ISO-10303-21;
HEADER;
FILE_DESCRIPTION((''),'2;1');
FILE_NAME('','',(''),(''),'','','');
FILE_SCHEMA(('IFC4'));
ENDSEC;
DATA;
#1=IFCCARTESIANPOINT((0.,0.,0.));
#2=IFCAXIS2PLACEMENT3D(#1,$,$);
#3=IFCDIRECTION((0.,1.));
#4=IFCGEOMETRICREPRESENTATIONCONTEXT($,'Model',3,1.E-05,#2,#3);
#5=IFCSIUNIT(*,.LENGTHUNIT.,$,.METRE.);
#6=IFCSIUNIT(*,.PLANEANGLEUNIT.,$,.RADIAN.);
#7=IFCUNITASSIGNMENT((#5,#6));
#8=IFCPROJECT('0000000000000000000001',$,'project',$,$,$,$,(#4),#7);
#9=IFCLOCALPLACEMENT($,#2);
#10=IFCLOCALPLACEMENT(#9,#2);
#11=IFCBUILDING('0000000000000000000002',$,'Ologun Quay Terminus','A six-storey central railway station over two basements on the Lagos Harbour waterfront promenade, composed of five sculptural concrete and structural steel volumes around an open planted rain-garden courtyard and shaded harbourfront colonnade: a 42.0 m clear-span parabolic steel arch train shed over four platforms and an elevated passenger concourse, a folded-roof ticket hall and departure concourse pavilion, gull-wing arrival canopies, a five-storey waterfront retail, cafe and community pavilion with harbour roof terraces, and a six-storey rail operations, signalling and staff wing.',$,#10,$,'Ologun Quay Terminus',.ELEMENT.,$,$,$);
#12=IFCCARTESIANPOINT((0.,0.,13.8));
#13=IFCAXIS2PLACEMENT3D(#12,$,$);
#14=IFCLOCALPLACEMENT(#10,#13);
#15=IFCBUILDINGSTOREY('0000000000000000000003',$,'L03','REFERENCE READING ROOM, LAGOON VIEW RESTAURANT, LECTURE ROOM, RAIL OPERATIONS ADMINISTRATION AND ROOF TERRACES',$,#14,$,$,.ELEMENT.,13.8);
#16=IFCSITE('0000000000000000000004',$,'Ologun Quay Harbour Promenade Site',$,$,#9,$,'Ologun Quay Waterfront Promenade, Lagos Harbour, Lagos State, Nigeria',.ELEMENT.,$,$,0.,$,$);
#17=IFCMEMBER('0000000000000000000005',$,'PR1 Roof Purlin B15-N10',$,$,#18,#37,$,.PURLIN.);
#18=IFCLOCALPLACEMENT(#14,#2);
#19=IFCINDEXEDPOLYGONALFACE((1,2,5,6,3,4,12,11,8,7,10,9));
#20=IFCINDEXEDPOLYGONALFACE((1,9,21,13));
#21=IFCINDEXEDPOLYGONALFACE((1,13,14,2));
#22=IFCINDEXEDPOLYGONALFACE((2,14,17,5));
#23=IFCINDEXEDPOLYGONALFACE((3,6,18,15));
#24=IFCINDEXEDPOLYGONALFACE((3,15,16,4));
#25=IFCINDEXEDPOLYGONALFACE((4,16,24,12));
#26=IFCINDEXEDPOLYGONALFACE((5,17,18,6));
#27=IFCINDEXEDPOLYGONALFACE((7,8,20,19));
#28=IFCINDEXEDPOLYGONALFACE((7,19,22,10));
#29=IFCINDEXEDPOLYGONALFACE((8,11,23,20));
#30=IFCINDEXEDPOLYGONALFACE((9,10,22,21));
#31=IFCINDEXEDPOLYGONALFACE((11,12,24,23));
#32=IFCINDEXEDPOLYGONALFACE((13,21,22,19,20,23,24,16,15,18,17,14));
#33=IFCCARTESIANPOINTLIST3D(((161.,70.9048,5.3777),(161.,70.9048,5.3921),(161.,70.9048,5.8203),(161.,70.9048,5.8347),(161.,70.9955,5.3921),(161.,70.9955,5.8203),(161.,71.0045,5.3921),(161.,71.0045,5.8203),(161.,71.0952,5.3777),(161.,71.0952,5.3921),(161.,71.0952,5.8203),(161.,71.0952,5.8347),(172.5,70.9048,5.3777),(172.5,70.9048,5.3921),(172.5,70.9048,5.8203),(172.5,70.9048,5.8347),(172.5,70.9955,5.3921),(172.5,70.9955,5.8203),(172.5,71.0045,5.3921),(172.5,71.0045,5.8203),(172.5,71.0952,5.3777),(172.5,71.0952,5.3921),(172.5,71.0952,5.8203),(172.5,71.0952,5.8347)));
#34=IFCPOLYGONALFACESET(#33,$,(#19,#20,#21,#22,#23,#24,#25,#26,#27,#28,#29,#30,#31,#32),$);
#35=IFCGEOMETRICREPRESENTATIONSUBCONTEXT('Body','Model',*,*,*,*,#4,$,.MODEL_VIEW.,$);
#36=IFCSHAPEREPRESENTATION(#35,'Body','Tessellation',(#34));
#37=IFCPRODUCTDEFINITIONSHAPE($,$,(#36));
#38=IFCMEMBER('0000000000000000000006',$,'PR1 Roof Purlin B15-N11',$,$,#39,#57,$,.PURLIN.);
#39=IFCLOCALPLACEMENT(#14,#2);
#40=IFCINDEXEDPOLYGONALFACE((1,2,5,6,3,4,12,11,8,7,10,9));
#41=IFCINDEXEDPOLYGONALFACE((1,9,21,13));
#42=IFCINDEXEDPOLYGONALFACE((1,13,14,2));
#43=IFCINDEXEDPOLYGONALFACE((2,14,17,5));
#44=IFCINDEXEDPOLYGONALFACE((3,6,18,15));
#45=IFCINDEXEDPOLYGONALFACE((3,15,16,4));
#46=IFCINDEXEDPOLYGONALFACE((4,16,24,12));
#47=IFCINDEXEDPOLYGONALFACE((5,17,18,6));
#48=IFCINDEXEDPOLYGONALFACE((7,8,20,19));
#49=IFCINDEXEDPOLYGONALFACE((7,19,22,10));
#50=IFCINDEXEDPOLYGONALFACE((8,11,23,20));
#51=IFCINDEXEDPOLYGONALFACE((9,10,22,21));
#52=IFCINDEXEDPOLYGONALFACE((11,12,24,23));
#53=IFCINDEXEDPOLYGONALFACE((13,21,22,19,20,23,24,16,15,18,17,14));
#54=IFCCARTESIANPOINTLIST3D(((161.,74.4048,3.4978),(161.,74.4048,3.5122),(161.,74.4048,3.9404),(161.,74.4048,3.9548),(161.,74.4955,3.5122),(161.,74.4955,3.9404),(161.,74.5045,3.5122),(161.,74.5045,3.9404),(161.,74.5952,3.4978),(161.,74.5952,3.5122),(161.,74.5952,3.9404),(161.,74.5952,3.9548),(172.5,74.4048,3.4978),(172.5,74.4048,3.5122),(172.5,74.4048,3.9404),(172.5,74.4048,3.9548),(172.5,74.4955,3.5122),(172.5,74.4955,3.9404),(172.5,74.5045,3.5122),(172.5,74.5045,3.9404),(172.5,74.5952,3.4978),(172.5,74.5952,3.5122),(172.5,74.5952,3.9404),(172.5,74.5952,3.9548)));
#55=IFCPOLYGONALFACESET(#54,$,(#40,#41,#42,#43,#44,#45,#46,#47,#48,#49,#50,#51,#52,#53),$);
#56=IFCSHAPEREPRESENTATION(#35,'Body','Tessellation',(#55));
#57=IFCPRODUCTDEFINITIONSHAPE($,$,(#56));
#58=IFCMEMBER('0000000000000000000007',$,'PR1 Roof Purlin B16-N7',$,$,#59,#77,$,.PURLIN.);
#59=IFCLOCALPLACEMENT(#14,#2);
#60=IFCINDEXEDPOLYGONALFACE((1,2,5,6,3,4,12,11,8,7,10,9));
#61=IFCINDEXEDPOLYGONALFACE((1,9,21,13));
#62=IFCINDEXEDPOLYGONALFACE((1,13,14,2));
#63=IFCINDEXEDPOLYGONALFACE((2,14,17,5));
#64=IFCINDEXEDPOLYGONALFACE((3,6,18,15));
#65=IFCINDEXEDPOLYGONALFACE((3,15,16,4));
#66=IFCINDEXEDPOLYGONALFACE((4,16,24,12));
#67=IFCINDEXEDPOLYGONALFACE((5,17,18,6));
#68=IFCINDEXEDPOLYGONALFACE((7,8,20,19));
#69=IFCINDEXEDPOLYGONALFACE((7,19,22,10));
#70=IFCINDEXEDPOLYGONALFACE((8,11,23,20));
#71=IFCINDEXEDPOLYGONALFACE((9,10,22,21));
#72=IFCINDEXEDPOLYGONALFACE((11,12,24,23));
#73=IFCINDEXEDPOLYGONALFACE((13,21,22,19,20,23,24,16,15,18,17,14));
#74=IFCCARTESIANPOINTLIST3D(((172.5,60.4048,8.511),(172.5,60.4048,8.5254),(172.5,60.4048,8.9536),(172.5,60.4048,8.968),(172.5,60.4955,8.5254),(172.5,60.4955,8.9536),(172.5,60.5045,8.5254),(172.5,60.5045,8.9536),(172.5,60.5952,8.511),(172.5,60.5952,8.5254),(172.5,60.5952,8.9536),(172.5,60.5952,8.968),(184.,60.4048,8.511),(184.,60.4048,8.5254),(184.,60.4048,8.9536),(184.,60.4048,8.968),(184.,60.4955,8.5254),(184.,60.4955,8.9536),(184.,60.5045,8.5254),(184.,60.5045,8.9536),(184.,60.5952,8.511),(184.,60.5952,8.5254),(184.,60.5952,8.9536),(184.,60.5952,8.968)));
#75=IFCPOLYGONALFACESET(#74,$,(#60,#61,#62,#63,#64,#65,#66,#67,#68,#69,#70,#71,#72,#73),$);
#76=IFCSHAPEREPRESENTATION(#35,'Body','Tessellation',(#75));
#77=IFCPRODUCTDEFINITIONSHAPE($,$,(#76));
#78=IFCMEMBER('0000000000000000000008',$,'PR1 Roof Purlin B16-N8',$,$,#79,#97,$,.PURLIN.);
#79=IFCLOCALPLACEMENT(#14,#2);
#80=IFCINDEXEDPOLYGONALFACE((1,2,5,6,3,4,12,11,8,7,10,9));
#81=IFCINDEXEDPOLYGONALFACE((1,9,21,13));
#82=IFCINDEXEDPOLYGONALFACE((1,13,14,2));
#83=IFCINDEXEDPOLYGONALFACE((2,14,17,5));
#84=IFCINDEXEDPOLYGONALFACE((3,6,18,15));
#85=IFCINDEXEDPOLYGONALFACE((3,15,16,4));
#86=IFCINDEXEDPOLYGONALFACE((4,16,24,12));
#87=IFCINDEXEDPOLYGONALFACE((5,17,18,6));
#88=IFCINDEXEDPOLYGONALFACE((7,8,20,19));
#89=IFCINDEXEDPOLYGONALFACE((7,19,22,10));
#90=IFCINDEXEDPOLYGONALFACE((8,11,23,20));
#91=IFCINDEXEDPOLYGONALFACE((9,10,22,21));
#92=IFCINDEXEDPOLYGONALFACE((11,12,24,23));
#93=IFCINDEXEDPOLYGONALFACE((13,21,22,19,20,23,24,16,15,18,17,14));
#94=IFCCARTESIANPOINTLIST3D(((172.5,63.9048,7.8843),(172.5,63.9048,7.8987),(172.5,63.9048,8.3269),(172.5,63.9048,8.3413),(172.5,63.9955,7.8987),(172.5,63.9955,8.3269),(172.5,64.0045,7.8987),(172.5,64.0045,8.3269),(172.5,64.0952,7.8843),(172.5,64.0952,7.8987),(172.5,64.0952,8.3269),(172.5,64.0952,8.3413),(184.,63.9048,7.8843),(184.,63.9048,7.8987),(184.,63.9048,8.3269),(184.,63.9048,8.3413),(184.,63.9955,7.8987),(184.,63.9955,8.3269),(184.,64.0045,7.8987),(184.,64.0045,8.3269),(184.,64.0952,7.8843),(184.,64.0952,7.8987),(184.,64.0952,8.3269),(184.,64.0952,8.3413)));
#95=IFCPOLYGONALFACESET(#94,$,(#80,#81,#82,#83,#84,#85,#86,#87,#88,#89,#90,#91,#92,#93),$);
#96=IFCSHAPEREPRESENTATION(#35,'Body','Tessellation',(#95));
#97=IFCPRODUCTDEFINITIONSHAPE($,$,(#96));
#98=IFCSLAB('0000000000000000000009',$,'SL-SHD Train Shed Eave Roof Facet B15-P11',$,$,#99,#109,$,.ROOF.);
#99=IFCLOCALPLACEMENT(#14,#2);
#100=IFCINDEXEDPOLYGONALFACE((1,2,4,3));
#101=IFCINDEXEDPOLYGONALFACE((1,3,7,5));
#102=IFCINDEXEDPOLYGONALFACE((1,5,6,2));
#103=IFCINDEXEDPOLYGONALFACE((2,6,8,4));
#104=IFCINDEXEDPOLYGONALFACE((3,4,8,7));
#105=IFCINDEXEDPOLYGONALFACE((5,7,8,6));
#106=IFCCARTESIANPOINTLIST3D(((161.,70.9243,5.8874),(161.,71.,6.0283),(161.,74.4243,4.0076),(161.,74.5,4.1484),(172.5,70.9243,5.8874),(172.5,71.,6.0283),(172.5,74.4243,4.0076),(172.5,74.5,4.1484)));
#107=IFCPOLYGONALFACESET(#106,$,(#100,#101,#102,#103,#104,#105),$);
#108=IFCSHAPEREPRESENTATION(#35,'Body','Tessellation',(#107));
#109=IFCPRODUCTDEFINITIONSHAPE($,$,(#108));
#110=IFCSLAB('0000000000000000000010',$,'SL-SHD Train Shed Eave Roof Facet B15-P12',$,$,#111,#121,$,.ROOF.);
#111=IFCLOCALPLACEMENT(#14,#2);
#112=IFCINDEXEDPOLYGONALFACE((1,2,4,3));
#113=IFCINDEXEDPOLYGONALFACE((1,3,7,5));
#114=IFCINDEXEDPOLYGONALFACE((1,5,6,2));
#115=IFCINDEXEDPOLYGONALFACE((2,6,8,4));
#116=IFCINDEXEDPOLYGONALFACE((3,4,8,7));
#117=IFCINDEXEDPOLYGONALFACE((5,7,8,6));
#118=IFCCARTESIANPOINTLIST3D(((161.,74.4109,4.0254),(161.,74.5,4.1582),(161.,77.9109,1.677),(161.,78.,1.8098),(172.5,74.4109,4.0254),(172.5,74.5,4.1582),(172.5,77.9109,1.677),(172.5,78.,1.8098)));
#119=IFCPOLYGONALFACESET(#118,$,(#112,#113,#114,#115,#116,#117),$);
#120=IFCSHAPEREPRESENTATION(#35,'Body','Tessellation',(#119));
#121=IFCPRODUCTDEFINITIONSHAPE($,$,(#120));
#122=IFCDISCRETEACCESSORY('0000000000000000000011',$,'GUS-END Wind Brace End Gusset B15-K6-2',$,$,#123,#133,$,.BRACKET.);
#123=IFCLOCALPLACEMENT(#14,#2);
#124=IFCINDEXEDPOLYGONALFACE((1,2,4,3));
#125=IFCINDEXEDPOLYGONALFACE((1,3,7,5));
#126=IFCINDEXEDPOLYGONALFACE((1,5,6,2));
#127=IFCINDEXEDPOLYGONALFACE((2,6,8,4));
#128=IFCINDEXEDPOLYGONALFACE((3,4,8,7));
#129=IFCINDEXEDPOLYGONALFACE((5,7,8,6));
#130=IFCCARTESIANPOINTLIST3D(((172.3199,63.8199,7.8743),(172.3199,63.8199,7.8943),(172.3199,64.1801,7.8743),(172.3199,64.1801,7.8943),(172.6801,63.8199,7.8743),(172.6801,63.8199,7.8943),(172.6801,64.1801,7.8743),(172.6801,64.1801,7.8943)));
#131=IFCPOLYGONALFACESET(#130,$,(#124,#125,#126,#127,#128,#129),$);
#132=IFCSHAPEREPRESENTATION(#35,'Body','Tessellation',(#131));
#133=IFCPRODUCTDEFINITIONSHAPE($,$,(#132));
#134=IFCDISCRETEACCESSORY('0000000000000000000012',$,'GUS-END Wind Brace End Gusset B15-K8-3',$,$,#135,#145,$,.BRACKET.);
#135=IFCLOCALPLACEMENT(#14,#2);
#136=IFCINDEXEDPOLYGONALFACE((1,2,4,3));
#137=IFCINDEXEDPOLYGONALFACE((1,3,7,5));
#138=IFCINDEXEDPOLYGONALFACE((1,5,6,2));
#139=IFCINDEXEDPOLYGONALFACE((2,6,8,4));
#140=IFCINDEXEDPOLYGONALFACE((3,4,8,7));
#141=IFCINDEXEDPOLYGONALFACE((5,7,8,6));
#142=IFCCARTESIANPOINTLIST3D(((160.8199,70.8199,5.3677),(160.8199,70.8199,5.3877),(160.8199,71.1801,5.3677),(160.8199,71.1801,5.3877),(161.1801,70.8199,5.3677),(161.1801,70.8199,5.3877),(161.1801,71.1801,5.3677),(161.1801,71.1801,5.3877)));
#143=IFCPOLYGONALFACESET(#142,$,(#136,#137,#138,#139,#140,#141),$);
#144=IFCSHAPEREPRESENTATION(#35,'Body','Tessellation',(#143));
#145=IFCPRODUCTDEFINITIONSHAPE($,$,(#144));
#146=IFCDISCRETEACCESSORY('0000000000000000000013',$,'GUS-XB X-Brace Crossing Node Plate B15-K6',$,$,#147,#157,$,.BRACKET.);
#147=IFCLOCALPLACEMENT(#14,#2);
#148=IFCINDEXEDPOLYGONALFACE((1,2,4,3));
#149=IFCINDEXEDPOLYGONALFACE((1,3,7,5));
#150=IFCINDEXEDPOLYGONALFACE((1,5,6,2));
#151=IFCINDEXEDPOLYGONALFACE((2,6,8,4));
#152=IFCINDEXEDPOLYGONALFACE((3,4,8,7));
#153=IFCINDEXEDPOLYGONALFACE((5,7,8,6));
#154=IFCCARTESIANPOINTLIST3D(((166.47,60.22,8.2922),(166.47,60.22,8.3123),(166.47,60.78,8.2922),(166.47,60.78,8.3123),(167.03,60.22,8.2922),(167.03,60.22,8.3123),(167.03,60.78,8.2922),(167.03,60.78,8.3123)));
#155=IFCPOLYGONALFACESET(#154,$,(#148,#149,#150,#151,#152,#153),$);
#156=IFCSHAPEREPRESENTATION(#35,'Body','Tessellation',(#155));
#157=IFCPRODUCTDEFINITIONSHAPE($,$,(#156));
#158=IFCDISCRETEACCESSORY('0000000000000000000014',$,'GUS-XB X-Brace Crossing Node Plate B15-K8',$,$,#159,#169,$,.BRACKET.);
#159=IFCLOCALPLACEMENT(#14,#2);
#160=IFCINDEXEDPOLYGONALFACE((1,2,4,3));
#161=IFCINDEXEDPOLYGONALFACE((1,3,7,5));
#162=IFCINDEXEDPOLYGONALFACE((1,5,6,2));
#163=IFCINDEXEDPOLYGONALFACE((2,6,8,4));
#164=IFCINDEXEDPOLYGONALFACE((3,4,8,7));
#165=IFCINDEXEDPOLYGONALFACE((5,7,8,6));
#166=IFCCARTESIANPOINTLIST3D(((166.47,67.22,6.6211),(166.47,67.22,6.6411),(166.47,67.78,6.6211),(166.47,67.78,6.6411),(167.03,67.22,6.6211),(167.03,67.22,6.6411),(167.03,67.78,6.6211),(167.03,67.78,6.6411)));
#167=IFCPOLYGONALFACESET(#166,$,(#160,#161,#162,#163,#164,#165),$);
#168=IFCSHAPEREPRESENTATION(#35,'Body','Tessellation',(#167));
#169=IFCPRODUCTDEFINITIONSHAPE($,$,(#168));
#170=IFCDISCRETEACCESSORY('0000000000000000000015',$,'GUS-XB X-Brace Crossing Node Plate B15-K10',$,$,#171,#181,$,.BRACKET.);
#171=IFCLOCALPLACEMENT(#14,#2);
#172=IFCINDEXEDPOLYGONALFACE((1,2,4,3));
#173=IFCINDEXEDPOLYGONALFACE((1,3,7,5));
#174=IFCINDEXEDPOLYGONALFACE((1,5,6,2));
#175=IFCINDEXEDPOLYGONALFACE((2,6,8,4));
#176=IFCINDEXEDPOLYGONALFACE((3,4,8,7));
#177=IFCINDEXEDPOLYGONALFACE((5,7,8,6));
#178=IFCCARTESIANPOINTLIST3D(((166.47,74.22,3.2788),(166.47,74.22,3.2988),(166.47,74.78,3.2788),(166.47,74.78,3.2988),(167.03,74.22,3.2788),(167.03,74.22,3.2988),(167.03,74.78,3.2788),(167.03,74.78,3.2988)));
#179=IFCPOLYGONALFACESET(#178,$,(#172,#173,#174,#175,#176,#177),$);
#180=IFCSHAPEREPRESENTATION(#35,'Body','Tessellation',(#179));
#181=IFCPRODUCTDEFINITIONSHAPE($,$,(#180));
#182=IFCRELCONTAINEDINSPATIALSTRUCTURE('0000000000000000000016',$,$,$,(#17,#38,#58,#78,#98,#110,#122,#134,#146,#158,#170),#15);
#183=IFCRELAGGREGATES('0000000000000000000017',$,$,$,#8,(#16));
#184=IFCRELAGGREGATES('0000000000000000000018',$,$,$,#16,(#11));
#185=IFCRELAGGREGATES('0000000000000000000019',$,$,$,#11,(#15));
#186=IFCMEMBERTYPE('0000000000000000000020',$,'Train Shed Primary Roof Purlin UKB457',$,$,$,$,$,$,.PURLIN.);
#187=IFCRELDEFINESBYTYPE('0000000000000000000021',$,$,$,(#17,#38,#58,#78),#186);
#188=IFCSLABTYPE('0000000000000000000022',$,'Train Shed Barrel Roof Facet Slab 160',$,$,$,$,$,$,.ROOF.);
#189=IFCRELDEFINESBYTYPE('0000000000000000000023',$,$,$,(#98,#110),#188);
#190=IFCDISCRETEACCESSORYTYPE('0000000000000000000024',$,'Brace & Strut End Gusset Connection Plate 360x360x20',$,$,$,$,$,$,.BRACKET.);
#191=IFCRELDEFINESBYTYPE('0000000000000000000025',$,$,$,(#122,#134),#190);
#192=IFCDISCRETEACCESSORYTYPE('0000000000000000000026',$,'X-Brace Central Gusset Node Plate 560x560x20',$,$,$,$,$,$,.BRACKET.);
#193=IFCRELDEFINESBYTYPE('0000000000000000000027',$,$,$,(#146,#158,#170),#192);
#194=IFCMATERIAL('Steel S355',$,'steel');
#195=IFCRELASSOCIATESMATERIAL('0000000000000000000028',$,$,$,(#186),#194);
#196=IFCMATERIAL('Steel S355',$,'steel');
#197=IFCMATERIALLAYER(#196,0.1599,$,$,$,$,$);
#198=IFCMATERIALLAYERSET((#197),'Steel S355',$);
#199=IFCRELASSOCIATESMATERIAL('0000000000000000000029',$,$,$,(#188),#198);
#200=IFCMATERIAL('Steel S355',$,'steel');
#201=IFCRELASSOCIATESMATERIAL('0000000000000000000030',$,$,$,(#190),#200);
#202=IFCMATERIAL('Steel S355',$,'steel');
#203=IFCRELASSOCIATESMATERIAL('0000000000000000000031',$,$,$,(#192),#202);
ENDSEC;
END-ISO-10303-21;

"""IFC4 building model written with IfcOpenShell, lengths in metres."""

from ifc_helpers import new_model, si_unit, direction, frame, origin, origin_2d, place, context, subcontext, project, spatial, polyline, rectangle, i_section, outline, extrude, material, layer, layer_set, material_profile, profile_set, type_object, element, save


model = new_model("IFC4")

# Units and contexts
model_context = context("Model", 3, precision=1e-05, world=origin(), true_north=direction((0.0, 1.0)))
body_context = subcontext(model_context, "Body", "Model", "MODEL_VIEW")
ifc_project = project(units=[si_unit("LENGTHUNIT", "METRE"), si_unit("PLANEANGLEUNIT", "RADIAN")], contexts=[model_context])

# Site, building, storey
site_placement = place(None, origin())
site = spatial("IfcSite", under=ifc_project, at=site_placement, Name="Ologun Quay Harbour Promenade Site", LongName="Ologun Quay Waterfront Promenade, Lagos Harbour, Lagos State, Nigeria", CompositionType="ELEMENT", RefElevation=0.0)
building_placement = place(site_placement, origin())
building = spatial("IfcBuilding", under=site, at=building_placement, Name="Ologun Quay Terminus", Description="A six-storey central railway station over two basements on the Lagos Harbour waterfront promenade, composed of five sculptural concrete and structural steel volumes around an open planted rain-garden courtyard and shaded harbourfront colonnade: a 42.0 m clear-span parabolic steel arch train shed over four platforms and an elevated passenger concourse, a folded-roof ticket hall and departure concourse pavilion, gull-wing arrival canopies, a five-storey waterfront retail, cafe and community pavilion with harbour roof terraces, and a six-storey rail operations, signalling and staff wing.", LongName="Ologun Quay Terminus", CompositionType="ELEMENT")
storey_placement = place(building_placement, frame((0.0, 0.0, 13.8)))
storey = spatial("IfcBuildingStorey", under=building, at=storey_placement, Name="L03", Description="REFERENCE READING ROOM, LAGOON VIEW RESTAURANT, LECTURE ROOM, RAIL OPERATIONS ADMINISTRATION AND ROOF TERRACES", CompositionType="ELEMENT", Elevation=13.8)

# Members
ifc_material_1 = material(Name="Steel S355", Category="steel")
ifc_material_profile_1 = material_profile(ifc_material_1, i_section(OverallWidth=0.1904, OverallDepth=0.457, WebThickness=0.009, FlangeThickness=0.0144, at=origin_2d()), Name="UKB 457x191x74")
ifc_profile_set_1 = profile_set([ifc_material_profile_1], Name="Steel S355")
member_type_1 = type_object("IfcMemberType", Name="Train Shed Primary Roof Purlin UKB457", PredefinedType="PURLIN", material=ifc_profile_set_1)
for number, where, z_axis, x_axis, name in (
    (1, (161.0, 71.0, 5.6062), (1.0, 0.0, 0.0), (0.0, 1.0, 0.0), "PR1 Roof Purlin B15-N10"),
    (2, (161.0, 74.5, 3.7263), (1.0, 0.0, 0.0), (0.0, 1.0, 0.0), "PR1 Roof Purlin B15-N11"),
    (3, (172.5, 60.5, 8.7395), (1.0, 0.0, 0.0), (0.0, 1.0, 0.0), "PR1 Roof Purlin B16-N7"),
    (4, (172.5, 64.0, 8.1128), (1.0, 0.0, 0.0), (0.0, 1.0, 0.0), "PR1 Roof Purlin B16-N8"),
):
    element("IfcMember", number, at=place(storey_placement, frame(where, z_axis=z_axis, x_axis=x_axis)), inside=storey, type_object=member_type_1, Name=name, PredefinedType="PURLIN", context=body_context, shape_type="SweptSolid", body=[
        extrude(i_section(OverallWidth=0.1904, OverallDepth=0.457, WebThickness=0.009, FlangeThickness=0.0144, at=origin_2d()), origin(), (0.0, 0.0, 1.0), 11.5),
    ])

# Slabs
ifc_material_2 = material(Name="Steel S355", Category="steel")
ifc_layer = layer(ifc_material_2, 0.1599)
ifc_layer_set = layer_set([ifc_layer], Name="Steel S355")
slab_type = type_object("IfcSlabType", Name="Train Shed Barrel Roof Facet Slab 160", PredefinedType="ROOF", material=ifc_layer_set)
slab_1_placement = place(storey_placement, frame((161.0, 71.0, 6.0283), z_axis=(0.0, 0.473176, 0.880968), x_axis=(1.0, 0.0, 0.0)))
element("IfcSlab", 5, at=slab_1_placement, inside=storey, type_object=slab_type, Name="SL-SHD Train Shed Eave Roof Facet B15-P11", PredefinedType="ROOF", context=body_context, shape_type="SweptSolid", body=[
    extrude(outline(polyline([(0.0, 0.0), (11.5, 0.0), (11.5, 3.9729), (0.0, 3.9729), (0.0, 0.0)])), origin(), (0.0, 0.0, -1.0), 0.1599),
])
slab_2_placement = place(storey_placement, frame((161.0, 74.5, 4.1582), z_axis=(0.0, 0.557171, 0.830398), x_axis=(1.0, 0.0, 0.0)))
element("IfcSlab", 6, at=slab_2_placement, inside=storey, type_object=slab_type, Name="SL-SHD Train Shed Eave Roof Facet B15-P12", PredefinedType="ROOF", context=body_context, shape_type="SweptSolid", body=[
    extrude(outline(polyline([(0.0, 0.0), (11.5, 0.0), (11.5, 4.2148), (0.0, 4.2148), (0.0, 0.0)])), origin(), (0.0, 0.0, -1.0), 0.1599),
])

# Discrete accessories
ifc_material_3 = material(Name="Steel S355", Category="steel")
discrete_accessory_type_1 = type_object("IfcDiscreteAccessoryType", Name="Brace & Strut End Gusset Connection Plate 360x360x20", PredefinedType="BRACKET", material=ifc_material_3)
for number, where, z_axis, x_axis, name in (
    (7, (172.5, 64.0, 7.8743), (0.0, 0.0, 1.0), (1.0, 0.0, 0.0), "GUS-END Wind Brace End Gusset B15-K6-2"),
    (8, (161.0, 71.0, 5.3677), (0.0, 0.0, 1.0), (1.0, 0.0, 0.0), "GUS-END Wind Brace End Gusset B15-K8-3"),
):
    element("IfcDiscreteAccessory", number, at=place(storey_placement, frame(where, z_axis=z_axis, x_axis=x_axis)), inside=storey, type_object=discrete_accessory_type_1, Name=name, PredefinedType="BRACKET", context=body_context, shape_type="SweptSolid", body=[
        extrude(rectangle(XDim=0.3601, YDim=0.3601, at=origin_2d()), origin(), (0.0, 0.0, 1.0), 0.02),
    ])
ifc_material_4 = material(Name="Steel S355", Category="steel")
discrete_accessory_type_2 = type_object("IfcDiscreteAccessoryType", Name="X-Brace Central Gusset Node Plate 560x560x20", PredefinedType="BRACKET", material=ifc_material_4)
for number, where, z_axis, x_axis, name in (
    (9, (166.75, 60.5, 8.2922), (0.0, 0.0, 1.0), (1.0, 0.0, 0.0), "GUS-XB X-Brace Crossing Node Plate B15-K6"),
    (10, (166.75, 67.5, 6.6211), (0.0, 0.0, 1.0), (1.0, 0.0, 0.0), "GUS-XB X-Brace Crossing Node Plate B15-K8"),
    (11, (166.75, 74.5, 3.2788), (0.0, 0.0, 1.0), (1.0, 0.0, 0.0), "GUS-XB X-Brace Crossing Node Plate B15-K10"),
):
    element("IfcDiscreteAccessory", number, at=place(storey_placement, frame(where, z_axis=z_axis, x_axis=x_axis)), inside=storey, type_object=discrete_accessory_type_2, Name=name, PredefinedType="BRACKET", context=body_context, shape_type="SweptSolid", body=[
        extrude(rectangle(XDim=0.5601, YDim=0.5601, at=origin_2d()), origin(), (0.0, 0.0, 1.0), 0.02),
    ])

save(model, "model.ifc")
